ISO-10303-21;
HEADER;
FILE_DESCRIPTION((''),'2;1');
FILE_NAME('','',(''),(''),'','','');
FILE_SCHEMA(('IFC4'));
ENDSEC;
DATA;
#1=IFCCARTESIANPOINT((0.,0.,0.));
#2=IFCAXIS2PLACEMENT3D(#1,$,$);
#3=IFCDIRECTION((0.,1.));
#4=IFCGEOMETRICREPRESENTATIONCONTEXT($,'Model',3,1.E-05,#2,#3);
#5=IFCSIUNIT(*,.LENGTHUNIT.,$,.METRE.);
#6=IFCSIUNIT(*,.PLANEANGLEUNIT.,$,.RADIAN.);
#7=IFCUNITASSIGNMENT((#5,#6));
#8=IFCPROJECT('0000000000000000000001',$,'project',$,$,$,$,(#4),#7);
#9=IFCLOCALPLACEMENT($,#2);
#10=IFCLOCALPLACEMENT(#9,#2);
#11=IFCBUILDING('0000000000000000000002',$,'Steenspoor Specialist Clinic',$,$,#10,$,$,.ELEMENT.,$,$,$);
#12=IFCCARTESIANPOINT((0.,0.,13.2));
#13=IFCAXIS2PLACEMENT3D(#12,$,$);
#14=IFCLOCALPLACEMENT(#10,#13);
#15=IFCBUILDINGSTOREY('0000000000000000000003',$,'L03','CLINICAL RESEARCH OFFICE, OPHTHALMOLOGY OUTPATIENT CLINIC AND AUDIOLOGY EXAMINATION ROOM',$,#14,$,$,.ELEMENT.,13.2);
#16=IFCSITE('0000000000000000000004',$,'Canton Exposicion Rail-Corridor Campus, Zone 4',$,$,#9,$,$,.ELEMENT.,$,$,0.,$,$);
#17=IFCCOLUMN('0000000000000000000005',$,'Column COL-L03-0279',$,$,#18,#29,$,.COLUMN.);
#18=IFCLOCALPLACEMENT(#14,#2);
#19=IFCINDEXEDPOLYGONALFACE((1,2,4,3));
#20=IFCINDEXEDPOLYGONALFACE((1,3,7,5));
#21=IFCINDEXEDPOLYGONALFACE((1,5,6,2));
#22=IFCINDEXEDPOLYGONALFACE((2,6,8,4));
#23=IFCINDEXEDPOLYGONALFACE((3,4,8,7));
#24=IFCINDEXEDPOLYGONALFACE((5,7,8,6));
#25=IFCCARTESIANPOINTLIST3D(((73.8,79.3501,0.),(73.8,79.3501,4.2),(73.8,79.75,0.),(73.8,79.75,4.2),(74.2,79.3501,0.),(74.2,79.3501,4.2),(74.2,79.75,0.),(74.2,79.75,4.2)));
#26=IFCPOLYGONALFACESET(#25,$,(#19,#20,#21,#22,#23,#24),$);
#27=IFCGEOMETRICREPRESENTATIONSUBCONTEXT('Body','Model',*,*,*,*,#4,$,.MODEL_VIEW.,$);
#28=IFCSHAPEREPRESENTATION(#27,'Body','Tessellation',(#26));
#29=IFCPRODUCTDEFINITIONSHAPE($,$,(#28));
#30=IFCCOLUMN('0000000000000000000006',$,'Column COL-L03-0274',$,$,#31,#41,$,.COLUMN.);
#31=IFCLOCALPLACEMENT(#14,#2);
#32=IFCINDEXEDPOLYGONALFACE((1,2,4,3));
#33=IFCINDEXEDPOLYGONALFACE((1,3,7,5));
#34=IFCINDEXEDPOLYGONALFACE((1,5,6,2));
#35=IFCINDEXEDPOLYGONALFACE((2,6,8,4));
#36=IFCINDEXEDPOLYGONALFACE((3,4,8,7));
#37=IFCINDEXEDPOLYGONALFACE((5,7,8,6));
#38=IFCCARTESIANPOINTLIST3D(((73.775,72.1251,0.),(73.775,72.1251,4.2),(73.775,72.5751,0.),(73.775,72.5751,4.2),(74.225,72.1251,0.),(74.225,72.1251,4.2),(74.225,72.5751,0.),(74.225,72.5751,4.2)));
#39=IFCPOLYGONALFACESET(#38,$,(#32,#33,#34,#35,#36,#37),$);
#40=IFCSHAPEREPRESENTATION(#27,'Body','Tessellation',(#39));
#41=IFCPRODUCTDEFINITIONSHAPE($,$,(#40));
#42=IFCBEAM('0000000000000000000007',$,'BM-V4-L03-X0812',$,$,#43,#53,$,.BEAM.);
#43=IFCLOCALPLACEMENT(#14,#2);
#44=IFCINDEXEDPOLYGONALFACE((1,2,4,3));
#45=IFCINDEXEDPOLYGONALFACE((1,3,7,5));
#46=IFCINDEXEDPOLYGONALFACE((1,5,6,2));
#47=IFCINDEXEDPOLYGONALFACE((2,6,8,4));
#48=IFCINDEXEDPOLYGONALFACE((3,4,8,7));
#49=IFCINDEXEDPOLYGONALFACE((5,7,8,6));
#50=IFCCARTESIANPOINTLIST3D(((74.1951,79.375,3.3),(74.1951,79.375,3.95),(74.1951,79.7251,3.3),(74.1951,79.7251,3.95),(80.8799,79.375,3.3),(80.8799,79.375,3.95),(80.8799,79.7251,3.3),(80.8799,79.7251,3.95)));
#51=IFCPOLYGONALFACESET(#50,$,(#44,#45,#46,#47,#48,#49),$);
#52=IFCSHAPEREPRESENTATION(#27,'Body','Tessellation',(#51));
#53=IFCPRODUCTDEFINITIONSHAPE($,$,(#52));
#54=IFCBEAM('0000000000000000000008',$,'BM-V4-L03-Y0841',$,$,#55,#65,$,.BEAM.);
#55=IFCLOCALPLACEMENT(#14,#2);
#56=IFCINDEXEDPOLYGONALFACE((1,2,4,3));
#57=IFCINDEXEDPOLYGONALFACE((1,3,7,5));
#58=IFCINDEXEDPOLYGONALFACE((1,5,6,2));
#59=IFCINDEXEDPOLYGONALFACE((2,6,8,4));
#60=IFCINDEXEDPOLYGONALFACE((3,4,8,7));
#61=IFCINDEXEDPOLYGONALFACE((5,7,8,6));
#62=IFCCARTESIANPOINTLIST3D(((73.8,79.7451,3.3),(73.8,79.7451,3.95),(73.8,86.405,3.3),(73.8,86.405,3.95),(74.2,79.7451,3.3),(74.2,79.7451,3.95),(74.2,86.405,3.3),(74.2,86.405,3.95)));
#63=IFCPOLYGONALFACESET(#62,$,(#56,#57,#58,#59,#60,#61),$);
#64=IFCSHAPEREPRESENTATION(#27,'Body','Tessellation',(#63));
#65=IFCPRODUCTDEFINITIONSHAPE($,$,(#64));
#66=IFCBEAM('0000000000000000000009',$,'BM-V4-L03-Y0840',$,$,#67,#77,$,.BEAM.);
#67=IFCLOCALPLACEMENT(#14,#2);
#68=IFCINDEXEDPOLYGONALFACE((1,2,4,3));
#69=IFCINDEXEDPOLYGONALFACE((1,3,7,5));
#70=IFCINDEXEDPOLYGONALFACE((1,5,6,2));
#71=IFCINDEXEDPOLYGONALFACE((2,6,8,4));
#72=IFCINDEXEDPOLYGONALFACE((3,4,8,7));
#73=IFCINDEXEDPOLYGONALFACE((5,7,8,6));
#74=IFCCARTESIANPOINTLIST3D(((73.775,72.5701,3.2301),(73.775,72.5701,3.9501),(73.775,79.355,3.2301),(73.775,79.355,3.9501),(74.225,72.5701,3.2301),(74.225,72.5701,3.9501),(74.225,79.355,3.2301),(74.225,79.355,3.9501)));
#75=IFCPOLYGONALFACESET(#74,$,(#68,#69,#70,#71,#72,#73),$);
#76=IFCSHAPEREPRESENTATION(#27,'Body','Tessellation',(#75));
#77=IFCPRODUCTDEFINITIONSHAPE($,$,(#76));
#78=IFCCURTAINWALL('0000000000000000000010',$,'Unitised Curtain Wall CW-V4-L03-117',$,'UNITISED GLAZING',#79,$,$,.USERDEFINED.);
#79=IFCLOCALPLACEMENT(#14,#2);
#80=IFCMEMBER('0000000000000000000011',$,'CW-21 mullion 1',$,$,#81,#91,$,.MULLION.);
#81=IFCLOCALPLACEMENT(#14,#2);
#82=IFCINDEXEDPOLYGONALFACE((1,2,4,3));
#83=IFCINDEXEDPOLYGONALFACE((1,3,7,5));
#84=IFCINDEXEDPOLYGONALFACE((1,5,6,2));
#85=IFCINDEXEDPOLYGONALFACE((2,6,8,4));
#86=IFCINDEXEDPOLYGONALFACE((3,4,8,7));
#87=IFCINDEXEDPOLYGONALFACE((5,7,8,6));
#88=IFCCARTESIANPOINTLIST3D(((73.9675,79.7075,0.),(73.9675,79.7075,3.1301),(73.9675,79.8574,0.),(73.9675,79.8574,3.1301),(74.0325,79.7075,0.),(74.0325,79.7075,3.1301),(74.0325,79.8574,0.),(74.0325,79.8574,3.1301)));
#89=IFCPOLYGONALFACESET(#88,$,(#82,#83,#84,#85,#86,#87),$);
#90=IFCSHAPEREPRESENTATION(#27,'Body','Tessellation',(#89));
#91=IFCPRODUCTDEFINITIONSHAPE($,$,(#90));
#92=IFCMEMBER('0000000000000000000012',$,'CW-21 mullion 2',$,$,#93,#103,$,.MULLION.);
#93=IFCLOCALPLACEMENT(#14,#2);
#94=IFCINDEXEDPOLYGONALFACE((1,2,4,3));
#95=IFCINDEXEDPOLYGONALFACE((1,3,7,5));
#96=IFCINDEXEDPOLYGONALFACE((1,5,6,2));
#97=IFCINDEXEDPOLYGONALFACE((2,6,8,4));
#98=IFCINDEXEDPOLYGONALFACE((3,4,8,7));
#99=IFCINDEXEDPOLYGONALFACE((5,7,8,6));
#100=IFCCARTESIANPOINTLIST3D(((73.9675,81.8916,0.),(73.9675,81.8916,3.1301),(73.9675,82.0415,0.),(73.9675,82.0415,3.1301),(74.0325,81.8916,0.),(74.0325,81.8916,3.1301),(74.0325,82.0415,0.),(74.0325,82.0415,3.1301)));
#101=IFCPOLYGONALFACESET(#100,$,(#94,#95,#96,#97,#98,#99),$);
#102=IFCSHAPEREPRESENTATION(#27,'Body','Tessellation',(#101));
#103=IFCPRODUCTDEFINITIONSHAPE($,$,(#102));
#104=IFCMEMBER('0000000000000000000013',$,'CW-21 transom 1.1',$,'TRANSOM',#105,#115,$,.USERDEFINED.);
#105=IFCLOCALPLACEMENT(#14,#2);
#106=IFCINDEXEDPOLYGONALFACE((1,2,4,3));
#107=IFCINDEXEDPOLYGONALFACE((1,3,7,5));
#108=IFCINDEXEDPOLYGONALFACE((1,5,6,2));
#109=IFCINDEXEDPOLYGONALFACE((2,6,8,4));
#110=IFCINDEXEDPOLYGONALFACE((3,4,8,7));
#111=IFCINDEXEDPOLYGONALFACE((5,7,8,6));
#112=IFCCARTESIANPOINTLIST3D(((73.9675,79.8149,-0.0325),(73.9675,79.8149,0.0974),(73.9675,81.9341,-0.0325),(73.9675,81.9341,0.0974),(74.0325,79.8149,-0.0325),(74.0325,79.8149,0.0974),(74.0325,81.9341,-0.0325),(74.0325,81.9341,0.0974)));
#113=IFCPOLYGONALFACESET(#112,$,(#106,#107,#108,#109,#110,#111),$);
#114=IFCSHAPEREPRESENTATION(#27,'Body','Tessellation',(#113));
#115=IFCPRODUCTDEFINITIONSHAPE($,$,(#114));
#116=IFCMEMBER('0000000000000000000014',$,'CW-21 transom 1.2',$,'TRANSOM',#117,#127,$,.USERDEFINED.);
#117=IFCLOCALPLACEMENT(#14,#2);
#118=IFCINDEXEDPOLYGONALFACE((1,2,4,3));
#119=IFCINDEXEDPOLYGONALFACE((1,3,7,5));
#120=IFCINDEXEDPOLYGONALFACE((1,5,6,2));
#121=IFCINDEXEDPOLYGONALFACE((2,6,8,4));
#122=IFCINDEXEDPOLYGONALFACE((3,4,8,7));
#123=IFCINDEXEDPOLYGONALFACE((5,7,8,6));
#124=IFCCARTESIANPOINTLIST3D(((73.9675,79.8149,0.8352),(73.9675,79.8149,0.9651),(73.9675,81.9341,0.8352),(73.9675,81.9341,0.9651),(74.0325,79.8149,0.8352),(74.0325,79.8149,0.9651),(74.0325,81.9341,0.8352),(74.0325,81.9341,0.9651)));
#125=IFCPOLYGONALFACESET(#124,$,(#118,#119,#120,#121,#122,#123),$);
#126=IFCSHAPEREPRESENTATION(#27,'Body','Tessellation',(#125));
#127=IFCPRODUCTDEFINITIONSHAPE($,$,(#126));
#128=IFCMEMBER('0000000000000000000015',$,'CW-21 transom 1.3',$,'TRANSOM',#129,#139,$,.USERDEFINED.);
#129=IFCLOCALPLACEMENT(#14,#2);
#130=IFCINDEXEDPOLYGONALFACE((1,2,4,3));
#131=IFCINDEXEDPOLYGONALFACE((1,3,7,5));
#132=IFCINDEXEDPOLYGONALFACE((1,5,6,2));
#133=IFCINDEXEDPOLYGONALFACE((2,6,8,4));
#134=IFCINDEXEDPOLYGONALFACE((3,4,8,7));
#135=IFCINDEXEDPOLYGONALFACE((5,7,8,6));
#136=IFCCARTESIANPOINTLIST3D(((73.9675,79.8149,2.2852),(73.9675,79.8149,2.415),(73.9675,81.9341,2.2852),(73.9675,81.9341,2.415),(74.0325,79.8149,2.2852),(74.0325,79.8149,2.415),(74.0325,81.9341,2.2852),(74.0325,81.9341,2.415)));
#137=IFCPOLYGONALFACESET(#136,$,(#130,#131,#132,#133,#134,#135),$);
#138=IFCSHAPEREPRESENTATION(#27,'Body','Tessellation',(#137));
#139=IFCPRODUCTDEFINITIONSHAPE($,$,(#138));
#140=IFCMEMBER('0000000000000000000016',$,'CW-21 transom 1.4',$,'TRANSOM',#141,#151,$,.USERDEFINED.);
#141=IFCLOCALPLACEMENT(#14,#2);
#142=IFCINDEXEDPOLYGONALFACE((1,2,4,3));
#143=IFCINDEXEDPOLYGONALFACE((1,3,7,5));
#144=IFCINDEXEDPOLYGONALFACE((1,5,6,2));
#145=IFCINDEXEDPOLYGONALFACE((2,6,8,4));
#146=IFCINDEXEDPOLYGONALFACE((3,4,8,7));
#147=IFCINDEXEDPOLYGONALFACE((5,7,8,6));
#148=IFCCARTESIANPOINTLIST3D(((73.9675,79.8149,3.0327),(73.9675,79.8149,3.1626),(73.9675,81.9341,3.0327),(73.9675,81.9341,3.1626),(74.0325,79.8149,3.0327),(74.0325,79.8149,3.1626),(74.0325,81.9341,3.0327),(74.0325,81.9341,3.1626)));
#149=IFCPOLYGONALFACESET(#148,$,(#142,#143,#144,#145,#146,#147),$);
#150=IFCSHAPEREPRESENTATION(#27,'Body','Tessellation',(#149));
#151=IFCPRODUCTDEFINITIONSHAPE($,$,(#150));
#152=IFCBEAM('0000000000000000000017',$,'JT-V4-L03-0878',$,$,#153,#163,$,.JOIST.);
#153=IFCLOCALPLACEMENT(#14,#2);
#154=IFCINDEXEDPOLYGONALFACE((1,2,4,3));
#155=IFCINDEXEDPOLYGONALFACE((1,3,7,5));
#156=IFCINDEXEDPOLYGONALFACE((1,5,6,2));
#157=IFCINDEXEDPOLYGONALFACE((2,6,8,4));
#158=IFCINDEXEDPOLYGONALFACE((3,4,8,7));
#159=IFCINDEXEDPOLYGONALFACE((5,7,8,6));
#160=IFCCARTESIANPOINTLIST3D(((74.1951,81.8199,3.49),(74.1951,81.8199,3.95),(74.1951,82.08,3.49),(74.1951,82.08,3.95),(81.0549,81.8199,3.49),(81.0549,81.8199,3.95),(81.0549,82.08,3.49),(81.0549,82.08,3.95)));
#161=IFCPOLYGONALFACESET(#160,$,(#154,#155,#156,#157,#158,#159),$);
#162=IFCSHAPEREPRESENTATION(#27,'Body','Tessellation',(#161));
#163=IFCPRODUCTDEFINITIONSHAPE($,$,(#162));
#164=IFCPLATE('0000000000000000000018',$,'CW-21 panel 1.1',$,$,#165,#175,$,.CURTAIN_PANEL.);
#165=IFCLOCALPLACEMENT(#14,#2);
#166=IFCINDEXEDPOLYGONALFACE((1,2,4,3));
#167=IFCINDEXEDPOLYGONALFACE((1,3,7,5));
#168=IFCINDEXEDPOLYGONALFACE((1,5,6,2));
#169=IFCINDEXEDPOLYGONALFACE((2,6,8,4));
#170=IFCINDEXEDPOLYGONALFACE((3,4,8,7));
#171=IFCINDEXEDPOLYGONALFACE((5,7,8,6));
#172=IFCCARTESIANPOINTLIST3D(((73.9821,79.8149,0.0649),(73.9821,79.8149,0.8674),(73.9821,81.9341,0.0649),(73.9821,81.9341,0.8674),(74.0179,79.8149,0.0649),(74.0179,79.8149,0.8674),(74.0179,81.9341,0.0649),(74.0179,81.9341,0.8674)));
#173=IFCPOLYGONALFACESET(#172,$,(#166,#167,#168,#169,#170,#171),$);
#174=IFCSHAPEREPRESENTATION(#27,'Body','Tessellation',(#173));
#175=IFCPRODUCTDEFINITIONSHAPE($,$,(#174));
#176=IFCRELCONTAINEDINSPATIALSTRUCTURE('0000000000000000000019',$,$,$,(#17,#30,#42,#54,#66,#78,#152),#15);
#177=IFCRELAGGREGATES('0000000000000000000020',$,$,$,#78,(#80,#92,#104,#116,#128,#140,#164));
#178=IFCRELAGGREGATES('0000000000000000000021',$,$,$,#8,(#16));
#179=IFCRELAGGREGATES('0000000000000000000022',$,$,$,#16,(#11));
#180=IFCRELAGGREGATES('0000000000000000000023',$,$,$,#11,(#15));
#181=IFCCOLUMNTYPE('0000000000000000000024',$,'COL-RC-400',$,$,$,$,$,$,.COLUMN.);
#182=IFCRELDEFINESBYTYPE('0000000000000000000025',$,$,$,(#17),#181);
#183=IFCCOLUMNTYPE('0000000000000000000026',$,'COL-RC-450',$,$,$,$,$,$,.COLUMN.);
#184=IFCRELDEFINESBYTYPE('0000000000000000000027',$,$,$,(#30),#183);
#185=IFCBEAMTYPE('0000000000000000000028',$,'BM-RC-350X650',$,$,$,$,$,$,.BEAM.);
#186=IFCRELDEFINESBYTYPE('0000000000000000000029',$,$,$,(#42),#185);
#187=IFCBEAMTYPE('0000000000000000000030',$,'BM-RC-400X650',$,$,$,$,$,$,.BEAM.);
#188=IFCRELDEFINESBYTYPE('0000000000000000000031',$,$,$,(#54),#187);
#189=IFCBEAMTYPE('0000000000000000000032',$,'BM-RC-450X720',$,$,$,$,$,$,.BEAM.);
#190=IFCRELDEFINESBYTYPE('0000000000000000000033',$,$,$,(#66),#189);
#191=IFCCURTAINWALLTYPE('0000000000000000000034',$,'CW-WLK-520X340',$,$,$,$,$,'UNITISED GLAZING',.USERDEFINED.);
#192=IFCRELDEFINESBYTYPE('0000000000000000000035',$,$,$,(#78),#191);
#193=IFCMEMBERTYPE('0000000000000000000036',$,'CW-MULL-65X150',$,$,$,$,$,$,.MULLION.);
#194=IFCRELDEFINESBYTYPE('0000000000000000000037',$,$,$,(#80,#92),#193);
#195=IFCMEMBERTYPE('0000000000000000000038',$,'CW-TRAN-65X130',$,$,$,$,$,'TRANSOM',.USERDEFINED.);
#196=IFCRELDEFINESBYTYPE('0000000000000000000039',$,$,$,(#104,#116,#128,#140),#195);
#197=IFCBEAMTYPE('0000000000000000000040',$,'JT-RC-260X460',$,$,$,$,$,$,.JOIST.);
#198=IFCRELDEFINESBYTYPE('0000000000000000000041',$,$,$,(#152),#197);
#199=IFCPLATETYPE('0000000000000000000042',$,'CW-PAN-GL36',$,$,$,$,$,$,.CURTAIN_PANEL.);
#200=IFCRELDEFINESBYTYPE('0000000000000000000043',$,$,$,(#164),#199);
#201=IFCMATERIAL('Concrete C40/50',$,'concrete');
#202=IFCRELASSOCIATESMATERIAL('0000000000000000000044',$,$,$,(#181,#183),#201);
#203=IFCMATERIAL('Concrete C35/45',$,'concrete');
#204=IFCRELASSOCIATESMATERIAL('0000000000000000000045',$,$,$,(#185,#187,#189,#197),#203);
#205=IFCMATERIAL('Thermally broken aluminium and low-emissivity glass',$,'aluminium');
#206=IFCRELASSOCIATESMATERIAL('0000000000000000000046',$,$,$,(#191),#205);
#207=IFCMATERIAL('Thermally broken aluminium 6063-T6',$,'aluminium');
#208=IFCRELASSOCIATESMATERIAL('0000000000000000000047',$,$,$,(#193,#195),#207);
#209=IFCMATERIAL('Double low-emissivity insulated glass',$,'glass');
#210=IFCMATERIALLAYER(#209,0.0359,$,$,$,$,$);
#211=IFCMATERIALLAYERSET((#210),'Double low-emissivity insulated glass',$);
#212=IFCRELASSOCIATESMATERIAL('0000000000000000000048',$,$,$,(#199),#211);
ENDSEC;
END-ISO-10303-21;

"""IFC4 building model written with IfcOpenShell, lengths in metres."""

from ifc_helpers import new_model, si_unit, direction, frame, origin, origin_2d, place, context, subcontext, project, spatial, rectangle, extrude, material, layer, layer_set, material_profile, profile_set, type_object, element, aggregate, save


model = new_model("IFC4")

# Units and contexts
model_context = context("Model", 3, precision=1e-05, world=origin(), true_north=direction((0.0, 1.0)))
body_context = subcontext(model_context, "Body", "Model", "MODEL_VIEW")
ifc_project = project(units=[si_unit("LENGTHUNIT", "METRE"), si_unit("PLANEANGLEUNIT", "RADIAN")], contexts=[model_context])

# Site, building, storey
site_placement = place(None, origin())
site = spatial("IfcSite", under=ifc_project, at=site_placement, Name="Canton Exposicion Rail-Corridor Campus, Zone 4", CompositionType="ELEMENT", RefElevation=0.0)
building_placement = place(site_placement, origin())
building = spatial("IfcBuilding", under=site, at=building_placement, Name="Steenspoor Specialist Clinic", CompositionType="ELEMENT")
storey_placement = place(building_placement, frame((0.0, 0.0, 13.2)))
storey = spatial("IfcBuildingStorey", under=building, at=storey_placement, Name="L03", Description="CLINICAL RESEARCH OFFICE, OPHTHALMOLOGY OUTPATIENT CLINIC AND AUDIOLOGY EXAMINATION ROOM", CompositionType="ELEMENT", Elevation=13.2)

# Columns
ifc_material_1 = material(Name="Concrete C40/50", Category="concrete")
ifc_material_profile_1 = material_profile(ifc_material_1, rectangle(XDim=0.3999, YDim=0.3999, at=origin_2d()), Name="RC-COL-400X400")
ifc_profile_set_1 = profile_set([ifc_material_profile_1], Name="Concrete C40/50")
column_type_1 = type_object("IfcColumnType", Name="COL-RC-400", PredefinedType="COLUMN", material=ifc_profile_set_1)
column_1_placement = place(storey_placement, frame((74.0, 79.55, 0.0), z_axis=(0.0, 0.0, 1.0), x_axis=(1.0, 0.0, 0.0)))
element("IfcColumn", 1, at=column_1_placement, inside=storey, type_object=column_type_1, Name="Column COL-L03-0279", PredefinedType="COLUMN", context=body_context, shape_type="SweptSolid", body=[
    extrude(rectangle(XDim=0.3999, YDim=0.3999, at=origin_2d()), origin(), (0.0, 0.0, 1.0), 4.2),
])
ifc_material_profile_2 = material_profile(ifc_material_1, rectangle(XDim=0.45, YDim=0.45, at=origin_2d()), Name="RC-COL-450X450")
ifc_profile_set_2 = profile_set([ifc_material_profile_2], Name="Concrete C40/50")
column_type_2 = type_object("IfcColumnType", Name="COL-RC-450", PredefinedType="COLUMN", material=ifc_profile_set_2)
column_2_placement = place(storey_placement, frame((74.0, 72.3501, 0.0), z_axis=(0.0, 0.0, 1.0), x_axis=(1.0, 0.0, 0.0)))
element("IfcColumn", 2, at=column_2_placement, inside=storey, type_object=column_type_2, Name="Column COL-L03-0274", PredefinedType="COLUMN", context=body_context, shape_type="SweptSolid", body=[
    extrude(rectangle(XDim=0.45, YDim=0.45, at=origin_2d()), origin(), (0.0, 0.0, 1.0), 4.2),
])

# Beams
ifc_material_2 = material(Name="Concrete C35/45", Category="concrete")
ifc_material_profile_3 = material_profile(ifc_material_2, rectangle(XDim=0.3501, YDim=0.6499, at=origin_2d()), Name="RC-BM-350X650")
ifc_profile_set_3 = profile_set([ifc_material_profile_3], Name="Concrete C35/45")
beam_type_1 = type_object("IfcBeamType", Name="BM-RC-350X650", PredefinedType="BEAM", material=ifc_profile_set_3)
beam_1_placement = place(storey_placement, frame((74.1951, 79.55, 3.625), z_axis=(1.0, 0.0, 0.0), x_axis=(0.0, 1.0, 0.0)))
element("IfcBeam", 3, at=beam_1_placement, inside=storey, type_object=beam_type_1, Name="BM-V4-L03-X0812", PredefinedType="BEAM", context=body_context, shape_type="SweptSolid", body=[
    extrude(rectangle(XDim=0.3501, YDim=0.6499, at=origin_2d()), origin(), (0.0, 0.0, 1.0), 6.6848),
])
ifc_material_profile_4 = material_profile(ifc_material_2, rectangle(XDim=0.3999, YDim=0.6499, at=origin_2d()), Name="RC-BM-400X650")
ifc_profile_set_4 = profile_set([ifc_material_profile_4], Name="Concrete C35/45")
beam_type_2 = type_object("IfcBeamType", Name="BM-RC-400X650", PredefinedType="BEAM", material=ifc_profile_set_4)
beam_2_placement = place(storey_placement, frame((74.0, 79.7451, 3.625), z_axis=(0.0, 1.0, 0.0), x_axis=(-1.0, 0.0, 0.0)))
element("IfcBeam", 4, at=beam_2_placement, inside=storey, type_object=beam_type_2, Name="BM-V4-L03-Y0841", PredefinedType="BEAM", context=body_context, shape_type="SweptSolid", body=[
    extrude(rectangle(XDim=0.3999, YDim=0.6499, at=origin_2d()), origin(), (0.0, 0.0, 1.0), 6.6599),
])
ifc_material_profile_5 = material_profile(ifc_material_2, rectangle(XDim=0.45, YDim=0.72, at=origin_2d()), Name="RC-BM-450X720")
ifc_profile_set_5 = profile_set([ifc_material_profile_5], Name="Concrete C35/45")
beam_type_3 = type_object("IfcBeamType", Name="BM-RC-450X720", PredefinedType="BEAM", material=ifc_profile_set_5)
beam_3_placement = place(storey_placement, frame((74.0, 72.5701, 3.5901), z_axis=(0.0, 1.0, 0.0), x_axis=(-1.0, 0.0, 0.0)))
element("IfcBeam", 5, at=beam_3_placement, inside=storey, type_object=beam_type_3, Name="BM-V4-L03-Y0840", PredefinedType="BEAM", context=body_context, shape_type="SweptSolid", body=[
    extrude(rectangle(XDim=0.45, YDim=0.72, at=origin_2d()), origin(), (0.0, 0.0, 1.0), 6.7849),
])

# Curtain wall, members
ifc_material_3 = material(Name="Thermally broken aluminium and low-emissivity glass", Category="aluminium")
curtain_wall_type = type_object("IfcCurtainWallType", Name="CW-WLK-520X340", ElementType="UNITISED GLAZING", PredefinedType="USERDEFINED", material=ifc_material_3)
curtain_wall_placement = place(storey_placement, origin())
curtain_wall = element("IfcCurtainWall", 6, at=curtain_wall_placement, inside=storey, type_object=curtain_wall_type, Name="Unitised Curtain Wall CW-V4-L03-117", ObjectType="UNITISED GLAZING", PredefinedType="USERDEFINED")
ifc_material_4 = material(Name="Thermally broken aluminium 6063-T6", Category="aluminium")
ifc_material_profile_6 = material_profile(ifc_material_4, rectangle(XDim=0.0649, YDim=0.1499, at=origin_2d()), Name="CWM-65X150")
ifc_profile_set_6 = profile_set([ifc_material_profile_6], Name="Thermally broken aluminium 6063-T6")
member_type_1 = type_object("IfcMemberType", Name="CW-MULL-65X150", PredefinedType="MULLION", material=ifc_profile_set_6)
member_1_placement = place(storey_placement, frame((74.0, 79.7825, 0.0), z_axis=(0.0, 0.0, 1.0), x_axis=(-1.0, 0.0, 0.0)))
member_1 = element("IfcMember", 7, at=member_1_placement, type_object=member_type_1, Name="CW-21 mullion 1", PredefinedType="MULLION", context=body_context, shape_type="SweptSolid", body=[
    extrude(rectangle(XDim=0.0649, YDim=0.1499, at=origin_2d()), origin(), (0.0, 0.0, 1.0), 3.1301),
])
member_2_placement = place(storey_placement, frame((74.0, 81.9666, 0.0), z_axis=(0.0, 0.0, 1.0), x_axis=(-1.0, 0.0, 0.0)))
member_2 = element("IfcMember", 8, at=member_2_placement, type_object=member_type_1, Name="CW-21 mullion 2", PredefinedType="MULLION", context=body_context, shape_type="SweptSolid", body=[
    extrude(rectangle(XDim=0.0649, YDim=0.1499, at=origin_2d()), origin(), (0.0, 0.0, 1.0), 3.1301),
])
ifc_material_profile_7 = material_profile(ifc_material_4, rectangle(XDim=0.0649, YDim=0.1299, at=origin_2d()), Name="CWT-65X130")
ifc_profile_set_7 = profile_set([ifc_material_profile_7], Name="Thermally broken aluminium 6063-T6")
member_type_2 = type_object("IfcMemberType", Name="CW-TRAN-65X130", ElementType="TRANSOM", PredefinedType="USERDEFINED", material=ifc_profile_set_7)
member_3_placement = place(storey_placement, frame((74.0, 79.8149, 0.0325), z_axis=(0.0, 1.0, 0.0), x_axis=(-1.0, 0.0, 0.0)))
member_3 = element("IfcMember", 9, at=member_3_placement, type_object=member_type_2, Name="CW-21 transom 1.1", ObjectType="TRANSOM", PredefinedType="USERDEFINED", context=body_context, shape_type="SweptSolid", body=[
    extrude(rectangle(XDim=0.0649, YDim=0.1299, at=origin_2d()), origin(), (0.0, 0.0, 1.0), 2.1191),
])
member_4_placement = place(storey_placement, frame((74.0, 79.8149, 0.9001), z_axis=(0.0, 1.0, 0.0), x_axis=(-1.0, 0.0, 0.0)))
member_4 = element("IfcMember", 10, at=member_4_placement, type_object=member_type_2, Name="CW-21 transom 1.2", ObjectType="TRANSOM", PredefinedType="USERDEFINED", context=body_context, shape_type="SweptSolid", body=[
    extrude(rectangle(XDim=0.0649, YDim=0.1299, at=origin_2d()), origin(), (0.0, 0.0, 1.0), 2.1191),
])
member_5_placement = place(storey_placement, frame((74.0, 79.8149, 2.3501), z_axis=(0.0, 1.0, 0.0), x_axis=(-1.0, 0.0, 0.0)))
member_5 = element("IfcMember", 11, at=member_5_placement, type_object=member_type_2, Name="CW-21 transom 1.3", ObjectType="TRANSOM", PredefinedType="USERDEFINED", context=body_context, shape_type="SweptSolid", body=[
    extrude(rectangle(XDim=0.0649, YDim=0.1299, at=origin_2d()), origin(), (0.0, 0.0, 1.0), 2.1191),
])
member_6_placement = place(storey_placement, frame((74.0, 79.8149, 3.0977), z_axis=(0.0, 1.0, 0.0), x_axis=(-1.0, 0.0, 0.0)))
member_6 = element("IfcMember", 12, at=member_6_placement, type_object=member_type_2, Name="CW-21 transom 1.4", ObjectType="TRANSOM", PredefinedType="USERDEFINED", context=body_context, shape_type="SweptSolid", body=[
    extrude(rectangle(XDim=0.0649, YDim=0.1299, at=origin_2d()), origin(), (0.0, 0.0, 1.0), 2.1191),
])

# Beam
ifc_material_profile_8 = material_profile(ifc_material_2, rectangle(XDim=0.26, YDim=0.46, at=origin_2d()), Name="RC-JT-260X460")
ifc_profile_set_8 = profile_set([ifc_material_profile_8], Name="Concrete C35/45")
beam_type_4 = type_object("IfcBeamType", Name="JT-RC-260X460", PredefinedType="JOIST", material=ifc_profile_set_8)
beam_4_placement = place(storey_placement, frame((74.1951, 81.95, 3.72), z_axis=(1.0, 0.0, 0.0), x_axis=(0.0, 1.0, 0.0)))
element("IfcBeam", 13, at=beam_4_placement, inside=storey, type_object=beam_type_4, Name="JT-V4-L03-0878", PredefinedType="JOIST", context=body_context, shape_type="SweptSolid", body=[
    extrude(rectangle(XDim=0.26, YDim=0.46, at=origin_2d()), origin(), (0.0, 0.0, 1.0), 6.8599),
])

# Plate
ifc_material_5 = material(Name="Double low-emissivity insulated glass", Category="glass")
ifc_layer_1 = layer(ifc_material_5, 0.0359)
ifc_layer_set_1 = layer_set([ifc_layer_1], Name="Double low-emissivity insulated glass")
plate_type = type_object("IfcPlateType", Name="CW-PAN-GL36", PredefinedType="CURTAIN_PANEL", material=ifc_layer_set_1)
plate_1_placement = place(storey_placement, frame((74.0, 80.8745, 0.0649), z_axis=(0.0, 0.0, 1.0), x_axis=(0.0, 1.0, 0.0)))
plate_1 = element("IfcPlate", 14, at=plate_1_placement, type_object=plate_type, Name="CW-21 panel 1.1", PredefinedType="CURTAIN_PANEL", context=body_context, shape_type="SweptSolid", body=[
    extrude(rectangle(XDim=2.1191, YDim=0.0359, at=origin_2d()), origin(), (0.0, 0.0, 1.0), 0.8025),
])
aggregate(curtain_wall, [member_1, member_2, member_3, member_4, member_5, member_6, plate_1])

save(model, "model.ifc")
